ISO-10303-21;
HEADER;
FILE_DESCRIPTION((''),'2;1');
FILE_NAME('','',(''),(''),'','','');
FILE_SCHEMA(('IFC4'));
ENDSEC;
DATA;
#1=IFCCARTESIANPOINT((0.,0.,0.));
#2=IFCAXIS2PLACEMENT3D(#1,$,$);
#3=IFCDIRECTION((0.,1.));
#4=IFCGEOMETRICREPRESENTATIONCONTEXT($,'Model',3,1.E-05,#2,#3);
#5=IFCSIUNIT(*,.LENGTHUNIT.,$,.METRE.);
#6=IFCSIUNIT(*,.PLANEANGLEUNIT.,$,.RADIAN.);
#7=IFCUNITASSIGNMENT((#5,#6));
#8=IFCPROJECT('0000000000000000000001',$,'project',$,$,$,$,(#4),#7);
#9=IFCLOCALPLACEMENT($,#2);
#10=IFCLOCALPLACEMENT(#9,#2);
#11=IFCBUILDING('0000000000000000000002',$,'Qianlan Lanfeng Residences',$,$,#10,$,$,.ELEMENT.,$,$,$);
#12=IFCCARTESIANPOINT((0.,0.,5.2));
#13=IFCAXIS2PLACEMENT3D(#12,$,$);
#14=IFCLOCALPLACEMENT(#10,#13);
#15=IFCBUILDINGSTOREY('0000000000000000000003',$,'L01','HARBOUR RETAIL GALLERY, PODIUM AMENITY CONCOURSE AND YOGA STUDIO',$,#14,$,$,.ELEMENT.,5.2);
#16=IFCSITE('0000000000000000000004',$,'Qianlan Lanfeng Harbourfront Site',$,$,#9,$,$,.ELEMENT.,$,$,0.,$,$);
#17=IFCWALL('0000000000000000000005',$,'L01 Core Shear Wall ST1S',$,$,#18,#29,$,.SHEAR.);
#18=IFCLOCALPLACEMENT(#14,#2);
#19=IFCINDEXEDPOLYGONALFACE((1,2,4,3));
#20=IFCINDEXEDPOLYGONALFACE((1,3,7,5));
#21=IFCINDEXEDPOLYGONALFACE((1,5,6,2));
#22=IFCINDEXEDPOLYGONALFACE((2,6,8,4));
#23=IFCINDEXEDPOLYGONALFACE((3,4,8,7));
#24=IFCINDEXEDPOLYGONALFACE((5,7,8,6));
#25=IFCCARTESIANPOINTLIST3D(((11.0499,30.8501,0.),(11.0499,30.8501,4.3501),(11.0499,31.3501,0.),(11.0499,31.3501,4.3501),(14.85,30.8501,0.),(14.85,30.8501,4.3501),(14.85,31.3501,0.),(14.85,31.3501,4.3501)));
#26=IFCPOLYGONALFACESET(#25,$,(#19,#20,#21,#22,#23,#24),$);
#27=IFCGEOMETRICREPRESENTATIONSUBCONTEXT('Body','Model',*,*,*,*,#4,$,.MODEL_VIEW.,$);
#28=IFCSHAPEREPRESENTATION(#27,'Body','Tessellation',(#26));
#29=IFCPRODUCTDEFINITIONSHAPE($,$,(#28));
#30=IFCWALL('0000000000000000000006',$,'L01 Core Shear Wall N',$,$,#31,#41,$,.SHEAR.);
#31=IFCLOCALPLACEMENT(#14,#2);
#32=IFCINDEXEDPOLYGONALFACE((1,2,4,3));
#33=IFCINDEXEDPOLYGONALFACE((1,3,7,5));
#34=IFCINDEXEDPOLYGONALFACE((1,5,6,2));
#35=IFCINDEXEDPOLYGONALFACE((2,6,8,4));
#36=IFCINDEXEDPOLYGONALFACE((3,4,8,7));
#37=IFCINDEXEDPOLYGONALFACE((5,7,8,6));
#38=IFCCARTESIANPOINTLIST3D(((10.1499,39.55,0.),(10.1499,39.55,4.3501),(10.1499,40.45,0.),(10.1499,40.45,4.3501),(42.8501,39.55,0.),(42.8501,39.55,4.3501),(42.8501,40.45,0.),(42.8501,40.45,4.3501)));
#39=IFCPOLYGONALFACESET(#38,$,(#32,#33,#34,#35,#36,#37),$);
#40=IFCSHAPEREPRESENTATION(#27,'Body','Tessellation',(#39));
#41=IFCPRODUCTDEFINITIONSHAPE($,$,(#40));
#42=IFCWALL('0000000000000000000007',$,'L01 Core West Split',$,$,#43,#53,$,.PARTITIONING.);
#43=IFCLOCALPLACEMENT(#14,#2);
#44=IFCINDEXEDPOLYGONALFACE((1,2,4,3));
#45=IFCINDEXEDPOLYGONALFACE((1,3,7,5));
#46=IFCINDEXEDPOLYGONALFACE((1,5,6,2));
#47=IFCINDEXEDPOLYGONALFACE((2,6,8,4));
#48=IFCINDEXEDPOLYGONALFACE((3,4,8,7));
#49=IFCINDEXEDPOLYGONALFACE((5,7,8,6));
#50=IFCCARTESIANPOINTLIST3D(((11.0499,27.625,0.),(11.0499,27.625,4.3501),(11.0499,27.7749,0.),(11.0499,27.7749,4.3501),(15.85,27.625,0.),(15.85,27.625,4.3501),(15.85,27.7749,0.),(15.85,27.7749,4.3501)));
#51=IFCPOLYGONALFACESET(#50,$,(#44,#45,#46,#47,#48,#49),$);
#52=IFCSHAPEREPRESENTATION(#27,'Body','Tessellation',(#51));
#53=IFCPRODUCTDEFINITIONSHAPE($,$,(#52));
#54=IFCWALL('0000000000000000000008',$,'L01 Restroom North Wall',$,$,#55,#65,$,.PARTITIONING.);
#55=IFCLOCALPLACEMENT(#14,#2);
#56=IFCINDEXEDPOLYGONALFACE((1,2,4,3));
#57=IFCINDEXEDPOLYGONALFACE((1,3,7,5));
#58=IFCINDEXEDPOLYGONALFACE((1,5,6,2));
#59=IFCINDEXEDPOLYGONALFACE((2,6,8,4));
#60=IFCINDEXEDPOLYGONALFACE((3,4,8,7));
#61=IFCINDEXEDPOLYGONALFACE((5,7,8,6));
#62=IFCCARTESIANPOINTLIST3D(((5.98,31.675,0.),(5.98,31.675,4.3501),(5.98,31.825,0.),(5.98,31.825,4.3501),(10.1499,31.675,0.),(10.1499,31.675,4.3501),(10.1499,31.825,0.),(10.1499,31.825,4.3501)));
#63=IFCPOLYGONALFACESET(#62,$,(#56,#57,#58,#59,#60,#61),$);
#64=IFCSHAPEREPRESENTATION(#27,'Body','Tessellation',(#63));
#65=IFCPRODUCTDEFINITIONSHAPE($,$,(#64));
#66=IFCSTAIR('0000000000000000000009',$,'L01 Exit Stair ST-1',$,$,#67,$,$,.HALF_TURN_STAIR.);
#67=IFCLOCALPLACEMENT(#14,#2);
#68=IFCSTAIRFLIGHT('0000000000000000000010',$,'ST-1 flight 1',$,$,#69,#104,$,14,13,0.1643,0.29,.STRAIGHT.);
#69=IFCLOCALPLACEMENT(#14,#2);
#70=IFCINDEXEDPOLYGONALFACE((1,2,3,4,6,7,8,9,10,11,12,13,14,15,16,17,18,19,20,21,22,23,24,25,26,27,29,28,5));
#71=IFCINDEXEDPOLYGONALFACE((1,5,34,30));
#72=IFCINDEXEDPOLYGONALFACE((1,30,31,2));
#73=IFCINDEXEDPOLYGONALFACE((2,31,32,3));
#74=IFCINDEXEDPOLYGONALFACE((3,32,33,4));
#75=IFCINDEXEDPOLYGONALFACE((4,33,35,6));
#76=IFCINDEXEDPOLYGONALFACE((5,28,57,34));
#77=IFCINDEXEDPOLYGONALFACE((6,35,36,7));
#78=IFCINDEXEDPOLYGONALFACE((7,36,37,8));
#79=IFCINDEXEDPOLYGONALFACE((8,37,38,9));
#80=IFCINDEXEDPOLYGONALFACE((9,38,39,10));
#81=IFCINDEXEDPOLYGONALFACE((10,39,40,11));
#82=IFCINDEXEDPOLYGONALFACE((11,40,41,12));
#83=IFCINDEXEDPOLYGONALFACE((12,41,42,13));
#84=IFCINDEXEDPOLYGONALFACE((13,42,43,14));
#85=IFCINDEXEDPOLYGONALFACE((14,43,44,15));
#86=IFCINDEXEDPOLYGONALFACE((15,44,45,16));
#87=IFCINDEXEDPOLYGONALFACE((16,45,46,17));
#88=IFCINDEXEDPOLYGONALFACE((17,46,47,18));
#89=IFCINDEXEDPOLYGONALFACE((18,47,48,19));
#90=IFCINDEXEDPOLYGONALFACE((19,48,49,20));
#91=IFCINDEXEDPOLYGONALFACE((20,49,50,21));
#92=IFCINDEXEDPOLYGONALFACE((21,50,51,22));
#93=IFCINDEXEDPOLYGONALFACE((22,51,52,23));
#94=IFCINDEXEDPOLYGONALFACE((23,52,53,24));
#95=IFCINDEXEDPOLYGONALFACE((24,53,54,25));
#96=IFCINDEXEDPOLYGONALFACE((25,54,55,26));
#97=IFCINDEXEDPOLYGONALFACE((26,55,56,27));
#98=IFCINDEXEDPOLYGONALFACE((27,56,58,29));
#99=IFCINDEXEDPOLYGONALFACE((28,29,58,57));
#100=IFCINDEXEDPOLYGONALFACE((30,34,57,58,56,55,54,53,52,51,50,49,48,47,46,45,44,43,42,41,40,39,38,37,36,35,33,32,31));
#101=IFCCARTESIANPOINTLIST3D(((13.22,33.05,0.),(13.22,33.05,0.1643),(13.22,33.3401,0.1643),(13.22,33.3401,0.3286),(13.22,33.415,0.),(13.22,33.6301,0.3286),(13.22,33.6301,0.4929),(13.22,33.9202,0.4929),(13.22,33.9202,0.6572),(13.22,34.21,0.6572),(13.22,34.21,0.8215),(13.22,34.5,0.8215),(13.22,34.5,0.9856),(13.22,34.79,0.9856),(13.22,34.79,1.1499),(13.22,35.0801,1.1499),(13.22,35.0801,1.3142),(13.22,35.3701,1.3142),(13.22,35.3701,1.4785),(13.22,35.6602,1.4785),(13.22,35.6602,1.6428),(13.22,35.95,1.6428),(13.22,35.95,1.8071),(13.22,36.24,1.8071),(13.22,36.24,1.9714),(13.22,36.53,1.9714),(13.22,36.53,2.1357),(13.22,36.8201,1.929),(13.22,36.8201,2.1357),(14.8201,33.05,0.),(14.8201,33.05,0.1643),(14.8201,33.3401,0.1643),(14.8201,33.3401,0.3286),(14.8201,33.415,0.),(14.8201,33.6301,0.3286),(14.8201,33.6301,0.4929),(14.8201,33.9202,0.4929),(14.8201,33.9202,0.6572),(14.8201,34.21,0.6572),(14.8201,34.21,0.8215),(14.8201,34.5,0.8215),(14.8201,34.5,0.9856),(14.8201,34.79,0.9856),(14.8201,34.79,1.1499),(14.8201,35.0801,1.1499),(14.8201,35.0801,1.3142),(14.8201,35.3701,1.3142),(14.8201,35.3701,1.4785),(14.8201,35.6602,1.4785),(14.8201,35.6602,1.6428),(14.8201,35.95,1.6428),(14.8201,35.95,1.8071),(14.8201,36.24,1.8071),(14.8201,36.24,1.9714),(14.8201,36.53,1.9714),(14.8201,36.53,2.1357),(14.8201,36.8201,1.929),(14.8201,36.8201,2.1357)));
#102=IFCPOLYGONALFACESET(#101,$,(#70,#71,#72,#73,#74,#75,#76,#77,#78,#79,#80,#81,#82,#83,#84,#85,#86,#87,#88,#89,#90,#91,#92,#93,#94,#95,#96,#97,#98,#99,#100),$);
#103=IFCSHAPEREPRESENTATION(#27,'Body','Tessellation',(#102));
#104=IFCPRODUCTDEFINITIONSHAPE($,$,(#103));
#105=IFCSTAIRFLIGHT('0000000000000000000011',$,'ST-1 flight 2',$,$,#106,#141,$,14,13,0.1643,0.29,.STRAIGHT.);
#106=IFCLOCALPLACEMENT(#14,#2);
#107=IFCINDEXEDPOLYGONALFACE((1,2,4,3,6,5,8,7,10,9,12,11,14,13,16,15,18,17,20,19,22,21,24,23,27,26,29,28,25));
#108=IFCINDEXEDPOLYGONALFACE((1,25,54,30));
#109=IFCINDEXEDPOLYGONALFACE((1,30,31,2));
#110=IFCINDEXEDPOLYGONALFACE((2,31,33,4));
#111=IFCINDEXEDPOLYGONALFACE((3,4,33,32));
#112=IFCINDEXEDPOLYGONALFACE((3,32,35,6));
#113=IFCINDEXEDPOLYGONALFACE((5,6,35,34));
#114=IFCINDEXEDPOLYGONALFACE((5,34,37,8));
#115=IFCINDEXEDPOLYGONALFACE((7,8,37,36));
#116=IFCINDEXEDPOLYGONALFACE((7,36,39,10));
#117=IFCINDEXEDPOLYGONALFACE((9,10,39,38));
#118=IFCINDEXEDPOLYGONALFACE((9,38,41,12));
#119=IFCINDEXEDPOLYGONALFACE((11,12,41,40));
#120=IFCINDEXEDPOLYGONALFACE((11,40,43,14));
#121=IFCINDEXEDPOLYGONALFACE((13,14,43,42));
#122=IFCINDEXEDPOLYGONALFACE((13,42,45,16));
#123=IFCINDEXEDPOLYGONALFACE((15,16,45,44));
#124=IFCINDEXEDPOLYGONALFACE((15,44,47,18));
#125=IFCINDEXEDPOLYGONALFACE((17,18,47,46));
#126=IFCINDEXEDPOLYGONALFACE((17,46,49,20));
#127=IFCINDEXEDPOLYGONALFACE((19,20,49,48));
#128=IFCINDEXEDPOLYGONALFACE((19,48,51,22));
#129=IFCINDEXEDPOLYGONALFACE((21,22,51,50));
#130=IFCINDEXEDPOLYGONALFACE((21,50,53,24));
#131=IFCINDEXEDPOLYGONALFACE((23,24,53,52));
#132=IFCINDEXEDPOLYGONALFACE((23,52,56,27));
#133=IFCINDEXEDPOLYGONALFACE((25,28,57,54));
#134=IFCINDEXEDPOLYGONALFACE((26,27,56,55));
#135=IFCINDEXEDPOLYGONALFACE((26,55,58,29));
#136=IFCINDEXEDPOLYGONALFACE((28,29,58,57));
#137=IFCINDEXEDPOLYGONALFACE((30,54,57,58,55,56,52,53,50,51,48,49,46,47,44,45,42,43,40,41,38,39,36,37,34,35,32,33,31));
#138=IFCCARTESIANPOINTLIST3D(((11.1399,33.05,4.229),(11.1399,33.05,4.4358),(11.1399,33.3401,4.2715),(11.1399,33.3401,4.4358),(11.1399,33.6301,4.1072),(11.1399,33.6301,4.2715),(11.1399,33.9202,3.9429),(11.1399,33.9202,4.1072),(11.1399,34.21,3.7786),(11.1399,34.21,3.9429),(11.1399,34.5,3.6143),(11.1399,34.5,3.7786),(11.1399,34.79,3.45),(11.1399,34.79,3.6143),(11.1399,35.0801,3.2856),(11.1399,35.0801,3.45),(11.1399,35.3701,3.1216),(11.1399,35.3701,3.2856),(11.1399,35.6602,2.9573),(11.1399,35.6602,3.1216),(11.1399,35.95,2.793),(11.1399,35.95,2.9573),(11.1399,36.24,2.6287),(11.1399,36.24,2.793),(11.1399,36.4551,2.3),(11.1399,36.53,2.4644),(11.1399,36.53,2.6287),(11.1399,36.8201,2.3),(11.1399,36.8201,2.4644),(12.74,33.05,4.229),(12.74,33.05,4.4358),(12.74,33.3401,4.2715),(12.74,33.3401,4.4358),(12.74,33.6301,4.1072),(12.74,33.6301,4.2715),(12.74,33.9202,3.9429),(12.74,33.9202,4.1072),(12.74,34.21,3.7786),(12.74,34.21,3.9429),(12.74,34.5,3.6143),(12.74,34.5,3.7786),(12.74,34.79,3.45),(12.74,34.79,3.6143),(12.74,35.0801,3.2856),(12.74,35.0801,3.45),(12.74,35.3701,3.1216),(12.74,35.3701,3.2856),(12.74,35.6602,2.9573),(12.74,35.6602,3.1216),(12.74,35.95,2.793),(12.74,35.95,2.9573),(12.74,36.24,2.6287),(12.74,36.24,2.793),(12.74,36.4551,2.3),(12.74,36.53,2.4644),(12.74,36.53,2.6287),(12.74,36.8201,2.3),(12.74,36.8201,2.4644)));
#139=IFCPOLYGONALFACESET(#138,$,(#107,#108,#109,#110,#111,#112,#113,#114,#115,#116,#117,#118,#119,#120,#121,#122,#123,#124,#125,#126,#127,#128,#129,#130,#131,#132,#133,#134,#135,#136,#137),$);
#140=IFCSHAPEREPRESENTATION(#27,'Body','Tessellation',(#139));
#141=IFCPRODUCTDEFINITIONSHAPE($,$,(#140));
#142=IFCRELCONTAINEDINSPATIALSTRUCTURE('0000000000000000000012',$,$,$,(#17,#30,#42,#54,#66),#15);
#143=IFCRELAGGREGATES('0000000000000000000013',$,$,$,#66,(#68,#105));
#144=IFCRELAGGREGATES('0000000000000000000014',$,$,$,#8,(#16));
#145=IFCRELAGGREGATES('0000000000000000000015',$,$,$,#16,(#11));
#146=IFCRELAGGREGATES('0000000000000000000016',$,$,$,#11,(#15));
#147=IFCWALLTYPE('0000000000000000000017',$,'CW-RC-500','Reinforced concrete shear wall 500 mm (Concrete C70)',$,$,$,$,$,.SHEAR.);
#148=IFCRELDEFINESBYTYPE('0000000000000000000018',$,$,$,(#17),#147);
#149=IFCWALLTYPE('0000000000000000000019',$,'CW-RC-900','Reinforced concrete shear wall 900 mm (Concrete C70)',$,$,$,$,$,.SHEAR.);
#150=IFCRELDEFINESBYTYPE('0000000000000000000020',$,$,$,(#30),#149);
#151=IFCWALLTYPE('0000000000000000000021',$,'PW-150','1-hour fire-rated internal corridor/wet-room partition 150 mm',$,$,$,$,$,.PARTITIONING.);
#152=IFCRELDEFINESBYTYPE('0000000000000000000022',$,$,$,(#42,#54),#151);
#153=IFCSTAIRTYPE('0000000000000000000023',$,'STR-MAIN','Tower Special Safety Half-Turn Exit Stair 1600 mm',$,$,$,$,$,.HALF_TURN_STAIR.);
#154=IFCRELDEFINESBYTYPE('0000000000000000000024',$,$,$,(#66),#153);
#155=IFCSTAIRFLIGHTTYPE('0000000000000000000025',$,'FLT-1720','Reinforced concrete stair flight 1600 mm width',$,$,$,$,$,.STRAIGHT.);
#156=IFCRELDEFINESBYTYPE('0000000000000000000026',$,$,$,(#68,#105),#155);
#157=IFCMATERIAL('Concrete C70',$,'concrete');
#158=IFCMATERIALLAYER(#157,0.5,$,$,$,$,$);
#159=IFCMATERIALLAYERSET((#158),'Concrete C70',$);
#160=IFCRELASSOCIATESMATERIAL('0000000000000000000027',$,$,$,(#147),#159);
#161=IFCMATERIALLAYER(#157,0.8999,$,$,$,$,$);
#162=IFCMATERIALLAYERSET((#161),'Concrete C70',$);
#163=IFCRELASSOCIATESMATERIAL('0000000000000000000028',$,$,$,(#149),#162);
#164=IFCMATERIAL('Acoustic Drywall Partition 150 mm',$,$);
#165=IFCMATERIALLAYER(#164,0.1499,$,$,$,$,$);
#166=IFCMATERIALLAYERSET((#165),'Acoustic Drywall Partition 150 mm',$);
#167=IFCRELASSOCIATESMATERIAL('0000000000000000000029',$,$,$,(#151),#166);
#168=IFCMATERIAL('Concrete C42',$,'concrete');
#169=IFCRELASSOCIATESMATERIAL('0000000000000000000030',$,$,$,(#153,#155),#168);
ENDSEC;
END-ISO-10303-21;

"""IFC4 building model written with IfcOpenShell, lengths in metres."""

from ifc_helpers import new_model, si_unit, direction, frame, frame_2d, origin, place, context, subcontext, project, spatial, polyline, rectangle, outline, extrude, material, layer, layer_set, type_object, element, aggregate, save


model = new_model("IFC4")

# Units and contexts
model_context = context("Model", 3, precision=1e-05, world=origin(), true_north=direction((0.0, 1.0)))
body_context = subcontext(model_context, "Body", "Model", "MODEL_VIEW")
ifc_project = project(units=[si_unit("LENGTHUNIT", "METRE"), si_unit("PLANEANGLEUNIT", "RADIAN")], contexts=[model_context])

# Site, building, storey
site_placement = place(None, origin())
site = spatial("IfcSite", under=ifc_project, at=site_placement, Name="Qianlan Lanfeng Harbourfront Site", CompositionType="ELEMENT", RefElevation=0.0)
building_placement = place(site_placement, origin())
building = spatial("IfcBuilding", under=site, at=building_placement, Name="Qianlan Lanfeng Residences", CompositionType="ELEMENT")
storey_placement = place(building_placement, frame((0.0, 0.0, 5.2)))
storey = spatial("IfcBuildingStorey", under=building, at=storey_placement, Name="L01", Description="HARBOUR RETAIL GALLERY, PODIUM AMENITY CONCOURSE AND YOGA STUDIO", CompositionType="ELEMENT", Elevation=5.2)

# Walls
ifc_material_1 = material(Name="Concrete C70", Category="concrete")
ifc_layer_1 = layer(ifc_material_1, 0.5)
ifc_layer_set_1 = layer_set([ifc_layer_1], Name="Concrete C70")
wall_type_1 = type_object("IfcWallType", Name="CW-RC-500", Description="Reinforced concrete shear wall 500 mm (Concrete C70)", PredefinedType="SHEAR", material=ifc_layer_set_1)
wall_1_placement = place(storey_placement, frame((11.05, 31.1001, 0.0), z_axis=(0.0, 0.0, 1.0), x_axis=(1.0, 0.0, 0.0)))
element("IfcWall", 1, at=wall_1_placement, inside=storey, type_object=wall_type_1, Name="L01 Core Shear Wall ST1S", PredefinedType="SHEAR", context=body_context, shape_type="SweptSolid", body=[
    extrude(rectangle(XDim=3.8, YDim=0.5, at=frame_2d((1.8999, 0.0))), origin(), (0.0, 0.0, 1.0), 4.3501),
])
ifc_layer_2 = layer(ifc_material_1, 0.8999)
ifc_layer_set_2 = layer_set([ifc_layer_2], Name="Concrete C70")
wall_type_2 = type_object("IfcWallType", Name="CW-RC-900", Description="Reinforced concrete shear wall 900 mm (Concrete C70)", PredefinedType="SHEAR", material=ifc_layer_set_2)
wall_2_placement = place(storey_placement, frame((10.1499, 40.0, 0.0), z_axis=(0.0, 0.0, 1.0), x_axis=(1.0, 0.0, 0.0)))
element("IfcWall", 2, at=wall_2_placement, inside=storey, type_object=wall_type_2, Name="L01 Core Shear Wall N", PredefinedType="SHEAR", context=body_context, shape_type="SweptSolid", body=[
    extrude(rectangle(XDim=32.7002, YDim=0.8999, at=frame_2d((16.3501, 0.0))), origin(), (0.0, 0.0, 1.0), 4.3501),
])
ifc_material_2 = material(Name="Acoustic Drywall Partition 150 mm")
ifc_layer_3 = layer(ifc_material_2, 0.1499)
ifc_layer_set_3 = layer_set([ifc_layer_3], Name="Acoustic Drywall Partition 150 mm")
wall_type_3 = type_object("IfcWallType", Name="PW-150", Description="1-hour fire-rated internal corridor/wet-room partition 150 mm", PredefinedType="PARTITIONING", material=ifc_layer_set_3)
wall_3_placement = place(storey_placement, frame((11.05, 27.7, 0.0), z_axis=(0.0, 0.0, 1.0), x_axis=(1.0, 0.0, 0.0)))
element("IfcWall", 3, at=wall_3_placement, inside=storey, type_object=wall_type_3, Name="L01 Core West Split", PredefinedType="PARTITIONING", context=body_context, shape_type="SweptSolid", body=[
    extrude(rectangle(XDim=4.8, YDim=0.1499, at=frame_2d((2.3999, 0.0))), origin(), (0.0, 0.0, 1.0), 4.3501),
])
wall_4_placement = place(storey_placement, frame((5.98, 31.75, 0.0), z_axis=(0.0, 0.0, 1.0), x_axis=(1.0, 0.0, 0.0)))
element("IfcWall", 4, at=wall_4_placement, inside=storey, type_object=wall_type_3, Name="L01 Restroom North Wall", PredefinedType="PARTITIONING", context=body_context, shape_type="SweptSolid", body=[
    extrude(rectangle(XDim=4.1699, YDim=0.1499, at=frame_2d((2.085, 0.0))), origin(), (0.0, 0.0, 1.0), 4.3501),
])

# Stair, stair flights
ifc_material_3 = material(Name="Concrete C42", Category="concrete")
stair_type = type_object("IfcStairType", Name="STR-MAIN", Description="Tower Special Safety Half-Turn Exit Stair 1600 mm", PredefinedType="HALF_TURN_STAIR", material=ifc_material_3)
stair_placement = place(storey_placement, origin())
stair = element("IfcStair", 5, at=stair_placement, inside=storey, type_object=stair_type, Name="L01 Exit Stair ST-1", PredefinedType="HALF_TURN_STAIR")
stair_flight_type = type_object("IfcStairFlightType", Name="FLT-1720", Description="Reinforced concrete stair flight 1600 mm width", PredefinedType="STRAIGHT", material=ifc_material_3)
stair_flight_1_placement = place(storey_placement, frame((14.02, 33.05, 0.0), z_axis=(0.0, 0.0, 1.0), x_axis=(0.0, 1.0, 0.0)))
stair_flight_1 = element("IfcStairFlight", 6, at=stair_flight_1_placement, type_object=stair_flight_type, Name="ST-1 flight 1", NumberOfRisers=14, NumberOfTreads=13, PredefinedType="STRAIGHT", RiserHeight=0.1643, TreadLength=0.29, context=body_context, shape_type="SweptSolid", body=[
    extrude(outline(polyline([(0.0, 0.0), (0.0, 0.1643), (0.29, 0.1643), (0.29, 0.3286), (0.5801, 0.3286), (0.5801, 0.4929), (0.8701, 0.4929), (0.8701, 0.6572), (1.1599, 0.6572), (1.1599, 0.8215), (1.45, 0.8215), (1.45, 0.9856), (1.74, 0.9856), (1.74, 1.1499), (2.03, 1.1499), (2.03, 1.3142), (2.3201, 1.3142), (2.3201, 1.4785), (2.6101, 1.4785), (2.6101, 1.6428), (2.8999, 1.6428), (2.8999, 1.8071), (3.1899, 1.8071), (3.1899, 1.9714), (3.48, 1.9714), (3.48, 2.1357), (3.77, 2.1357), (3.77, 2.3), (3.77, 1.929), (0.365, 0.0), (0.0, 0.0)])), frame((0.0, 0.8, 0.0), z_axis=(0.0, -1.0, 0.0), x_axis=(1.0, 0.0, 0.0)), (0.0, 0.0, 1.0), 1.6001),
])
stair_flight_2_placement = place(storey_placement, frame((11.9399, 36.8201, 2.3), z_axis=(0.0, 0.0, 1.0), x_axis=(0.0, -1.0, 0.0)))
stair_flight_2 = element("IfcStairFlight", 7, at=stair_flight_2_placement, type_object=stair_flight_type, Name="ST-1 flight 2", NumberOfRisers=14, NumberOfTreads=13, PredefinedType="STRAIGHT", RiserHeight=0.1643, TreadLength=0.29, context=body_context, shape_type="SweptSolid", body=[
    extrude(outline(polyline([(0.0, 0.0), (0.0, 0.1643), (0.29, 0.1643), (0.29, 0.3286), (0.5801, 0.3286), (0.5801, 0.4929), (0.8701, 0.4929), (0.8701, 0.6572), (1.1599, 0.6572), (1.1599, 0.8215), (1.45, 0.8215), (1.45, 0.9856), (1.74, 0.9856), (1.74, 1.1499), (2.03, 1.1499), (2.03, 1.3142), (2.3201, 1.3142), (2.3201, 1.4785), (2.6101, 1.4785), (2.6101, 1.6428), (2.8999, 1.6428), (2.8999, 1.8071), (3.1899, 1.8071), (3.1899, 1.9714), (3.48, 1.9714), (3.48, 2.1357), (3.77, 2.1357), (3.77, 2.3), (3.77, 1.929), (0.365, 0.0), (0.0, 0.0)])), frame((0.0, 0.8, 0.0), z_axis=(0.0, -1.0, 0.0), x_axis=(1.0, 0.0, 0.0)), (0.0, 0.0, 1.0), 1.6001),
])
aggregate(stair, [stair_flight_1, stair_flight_2])

save(model, "model.ifc")
